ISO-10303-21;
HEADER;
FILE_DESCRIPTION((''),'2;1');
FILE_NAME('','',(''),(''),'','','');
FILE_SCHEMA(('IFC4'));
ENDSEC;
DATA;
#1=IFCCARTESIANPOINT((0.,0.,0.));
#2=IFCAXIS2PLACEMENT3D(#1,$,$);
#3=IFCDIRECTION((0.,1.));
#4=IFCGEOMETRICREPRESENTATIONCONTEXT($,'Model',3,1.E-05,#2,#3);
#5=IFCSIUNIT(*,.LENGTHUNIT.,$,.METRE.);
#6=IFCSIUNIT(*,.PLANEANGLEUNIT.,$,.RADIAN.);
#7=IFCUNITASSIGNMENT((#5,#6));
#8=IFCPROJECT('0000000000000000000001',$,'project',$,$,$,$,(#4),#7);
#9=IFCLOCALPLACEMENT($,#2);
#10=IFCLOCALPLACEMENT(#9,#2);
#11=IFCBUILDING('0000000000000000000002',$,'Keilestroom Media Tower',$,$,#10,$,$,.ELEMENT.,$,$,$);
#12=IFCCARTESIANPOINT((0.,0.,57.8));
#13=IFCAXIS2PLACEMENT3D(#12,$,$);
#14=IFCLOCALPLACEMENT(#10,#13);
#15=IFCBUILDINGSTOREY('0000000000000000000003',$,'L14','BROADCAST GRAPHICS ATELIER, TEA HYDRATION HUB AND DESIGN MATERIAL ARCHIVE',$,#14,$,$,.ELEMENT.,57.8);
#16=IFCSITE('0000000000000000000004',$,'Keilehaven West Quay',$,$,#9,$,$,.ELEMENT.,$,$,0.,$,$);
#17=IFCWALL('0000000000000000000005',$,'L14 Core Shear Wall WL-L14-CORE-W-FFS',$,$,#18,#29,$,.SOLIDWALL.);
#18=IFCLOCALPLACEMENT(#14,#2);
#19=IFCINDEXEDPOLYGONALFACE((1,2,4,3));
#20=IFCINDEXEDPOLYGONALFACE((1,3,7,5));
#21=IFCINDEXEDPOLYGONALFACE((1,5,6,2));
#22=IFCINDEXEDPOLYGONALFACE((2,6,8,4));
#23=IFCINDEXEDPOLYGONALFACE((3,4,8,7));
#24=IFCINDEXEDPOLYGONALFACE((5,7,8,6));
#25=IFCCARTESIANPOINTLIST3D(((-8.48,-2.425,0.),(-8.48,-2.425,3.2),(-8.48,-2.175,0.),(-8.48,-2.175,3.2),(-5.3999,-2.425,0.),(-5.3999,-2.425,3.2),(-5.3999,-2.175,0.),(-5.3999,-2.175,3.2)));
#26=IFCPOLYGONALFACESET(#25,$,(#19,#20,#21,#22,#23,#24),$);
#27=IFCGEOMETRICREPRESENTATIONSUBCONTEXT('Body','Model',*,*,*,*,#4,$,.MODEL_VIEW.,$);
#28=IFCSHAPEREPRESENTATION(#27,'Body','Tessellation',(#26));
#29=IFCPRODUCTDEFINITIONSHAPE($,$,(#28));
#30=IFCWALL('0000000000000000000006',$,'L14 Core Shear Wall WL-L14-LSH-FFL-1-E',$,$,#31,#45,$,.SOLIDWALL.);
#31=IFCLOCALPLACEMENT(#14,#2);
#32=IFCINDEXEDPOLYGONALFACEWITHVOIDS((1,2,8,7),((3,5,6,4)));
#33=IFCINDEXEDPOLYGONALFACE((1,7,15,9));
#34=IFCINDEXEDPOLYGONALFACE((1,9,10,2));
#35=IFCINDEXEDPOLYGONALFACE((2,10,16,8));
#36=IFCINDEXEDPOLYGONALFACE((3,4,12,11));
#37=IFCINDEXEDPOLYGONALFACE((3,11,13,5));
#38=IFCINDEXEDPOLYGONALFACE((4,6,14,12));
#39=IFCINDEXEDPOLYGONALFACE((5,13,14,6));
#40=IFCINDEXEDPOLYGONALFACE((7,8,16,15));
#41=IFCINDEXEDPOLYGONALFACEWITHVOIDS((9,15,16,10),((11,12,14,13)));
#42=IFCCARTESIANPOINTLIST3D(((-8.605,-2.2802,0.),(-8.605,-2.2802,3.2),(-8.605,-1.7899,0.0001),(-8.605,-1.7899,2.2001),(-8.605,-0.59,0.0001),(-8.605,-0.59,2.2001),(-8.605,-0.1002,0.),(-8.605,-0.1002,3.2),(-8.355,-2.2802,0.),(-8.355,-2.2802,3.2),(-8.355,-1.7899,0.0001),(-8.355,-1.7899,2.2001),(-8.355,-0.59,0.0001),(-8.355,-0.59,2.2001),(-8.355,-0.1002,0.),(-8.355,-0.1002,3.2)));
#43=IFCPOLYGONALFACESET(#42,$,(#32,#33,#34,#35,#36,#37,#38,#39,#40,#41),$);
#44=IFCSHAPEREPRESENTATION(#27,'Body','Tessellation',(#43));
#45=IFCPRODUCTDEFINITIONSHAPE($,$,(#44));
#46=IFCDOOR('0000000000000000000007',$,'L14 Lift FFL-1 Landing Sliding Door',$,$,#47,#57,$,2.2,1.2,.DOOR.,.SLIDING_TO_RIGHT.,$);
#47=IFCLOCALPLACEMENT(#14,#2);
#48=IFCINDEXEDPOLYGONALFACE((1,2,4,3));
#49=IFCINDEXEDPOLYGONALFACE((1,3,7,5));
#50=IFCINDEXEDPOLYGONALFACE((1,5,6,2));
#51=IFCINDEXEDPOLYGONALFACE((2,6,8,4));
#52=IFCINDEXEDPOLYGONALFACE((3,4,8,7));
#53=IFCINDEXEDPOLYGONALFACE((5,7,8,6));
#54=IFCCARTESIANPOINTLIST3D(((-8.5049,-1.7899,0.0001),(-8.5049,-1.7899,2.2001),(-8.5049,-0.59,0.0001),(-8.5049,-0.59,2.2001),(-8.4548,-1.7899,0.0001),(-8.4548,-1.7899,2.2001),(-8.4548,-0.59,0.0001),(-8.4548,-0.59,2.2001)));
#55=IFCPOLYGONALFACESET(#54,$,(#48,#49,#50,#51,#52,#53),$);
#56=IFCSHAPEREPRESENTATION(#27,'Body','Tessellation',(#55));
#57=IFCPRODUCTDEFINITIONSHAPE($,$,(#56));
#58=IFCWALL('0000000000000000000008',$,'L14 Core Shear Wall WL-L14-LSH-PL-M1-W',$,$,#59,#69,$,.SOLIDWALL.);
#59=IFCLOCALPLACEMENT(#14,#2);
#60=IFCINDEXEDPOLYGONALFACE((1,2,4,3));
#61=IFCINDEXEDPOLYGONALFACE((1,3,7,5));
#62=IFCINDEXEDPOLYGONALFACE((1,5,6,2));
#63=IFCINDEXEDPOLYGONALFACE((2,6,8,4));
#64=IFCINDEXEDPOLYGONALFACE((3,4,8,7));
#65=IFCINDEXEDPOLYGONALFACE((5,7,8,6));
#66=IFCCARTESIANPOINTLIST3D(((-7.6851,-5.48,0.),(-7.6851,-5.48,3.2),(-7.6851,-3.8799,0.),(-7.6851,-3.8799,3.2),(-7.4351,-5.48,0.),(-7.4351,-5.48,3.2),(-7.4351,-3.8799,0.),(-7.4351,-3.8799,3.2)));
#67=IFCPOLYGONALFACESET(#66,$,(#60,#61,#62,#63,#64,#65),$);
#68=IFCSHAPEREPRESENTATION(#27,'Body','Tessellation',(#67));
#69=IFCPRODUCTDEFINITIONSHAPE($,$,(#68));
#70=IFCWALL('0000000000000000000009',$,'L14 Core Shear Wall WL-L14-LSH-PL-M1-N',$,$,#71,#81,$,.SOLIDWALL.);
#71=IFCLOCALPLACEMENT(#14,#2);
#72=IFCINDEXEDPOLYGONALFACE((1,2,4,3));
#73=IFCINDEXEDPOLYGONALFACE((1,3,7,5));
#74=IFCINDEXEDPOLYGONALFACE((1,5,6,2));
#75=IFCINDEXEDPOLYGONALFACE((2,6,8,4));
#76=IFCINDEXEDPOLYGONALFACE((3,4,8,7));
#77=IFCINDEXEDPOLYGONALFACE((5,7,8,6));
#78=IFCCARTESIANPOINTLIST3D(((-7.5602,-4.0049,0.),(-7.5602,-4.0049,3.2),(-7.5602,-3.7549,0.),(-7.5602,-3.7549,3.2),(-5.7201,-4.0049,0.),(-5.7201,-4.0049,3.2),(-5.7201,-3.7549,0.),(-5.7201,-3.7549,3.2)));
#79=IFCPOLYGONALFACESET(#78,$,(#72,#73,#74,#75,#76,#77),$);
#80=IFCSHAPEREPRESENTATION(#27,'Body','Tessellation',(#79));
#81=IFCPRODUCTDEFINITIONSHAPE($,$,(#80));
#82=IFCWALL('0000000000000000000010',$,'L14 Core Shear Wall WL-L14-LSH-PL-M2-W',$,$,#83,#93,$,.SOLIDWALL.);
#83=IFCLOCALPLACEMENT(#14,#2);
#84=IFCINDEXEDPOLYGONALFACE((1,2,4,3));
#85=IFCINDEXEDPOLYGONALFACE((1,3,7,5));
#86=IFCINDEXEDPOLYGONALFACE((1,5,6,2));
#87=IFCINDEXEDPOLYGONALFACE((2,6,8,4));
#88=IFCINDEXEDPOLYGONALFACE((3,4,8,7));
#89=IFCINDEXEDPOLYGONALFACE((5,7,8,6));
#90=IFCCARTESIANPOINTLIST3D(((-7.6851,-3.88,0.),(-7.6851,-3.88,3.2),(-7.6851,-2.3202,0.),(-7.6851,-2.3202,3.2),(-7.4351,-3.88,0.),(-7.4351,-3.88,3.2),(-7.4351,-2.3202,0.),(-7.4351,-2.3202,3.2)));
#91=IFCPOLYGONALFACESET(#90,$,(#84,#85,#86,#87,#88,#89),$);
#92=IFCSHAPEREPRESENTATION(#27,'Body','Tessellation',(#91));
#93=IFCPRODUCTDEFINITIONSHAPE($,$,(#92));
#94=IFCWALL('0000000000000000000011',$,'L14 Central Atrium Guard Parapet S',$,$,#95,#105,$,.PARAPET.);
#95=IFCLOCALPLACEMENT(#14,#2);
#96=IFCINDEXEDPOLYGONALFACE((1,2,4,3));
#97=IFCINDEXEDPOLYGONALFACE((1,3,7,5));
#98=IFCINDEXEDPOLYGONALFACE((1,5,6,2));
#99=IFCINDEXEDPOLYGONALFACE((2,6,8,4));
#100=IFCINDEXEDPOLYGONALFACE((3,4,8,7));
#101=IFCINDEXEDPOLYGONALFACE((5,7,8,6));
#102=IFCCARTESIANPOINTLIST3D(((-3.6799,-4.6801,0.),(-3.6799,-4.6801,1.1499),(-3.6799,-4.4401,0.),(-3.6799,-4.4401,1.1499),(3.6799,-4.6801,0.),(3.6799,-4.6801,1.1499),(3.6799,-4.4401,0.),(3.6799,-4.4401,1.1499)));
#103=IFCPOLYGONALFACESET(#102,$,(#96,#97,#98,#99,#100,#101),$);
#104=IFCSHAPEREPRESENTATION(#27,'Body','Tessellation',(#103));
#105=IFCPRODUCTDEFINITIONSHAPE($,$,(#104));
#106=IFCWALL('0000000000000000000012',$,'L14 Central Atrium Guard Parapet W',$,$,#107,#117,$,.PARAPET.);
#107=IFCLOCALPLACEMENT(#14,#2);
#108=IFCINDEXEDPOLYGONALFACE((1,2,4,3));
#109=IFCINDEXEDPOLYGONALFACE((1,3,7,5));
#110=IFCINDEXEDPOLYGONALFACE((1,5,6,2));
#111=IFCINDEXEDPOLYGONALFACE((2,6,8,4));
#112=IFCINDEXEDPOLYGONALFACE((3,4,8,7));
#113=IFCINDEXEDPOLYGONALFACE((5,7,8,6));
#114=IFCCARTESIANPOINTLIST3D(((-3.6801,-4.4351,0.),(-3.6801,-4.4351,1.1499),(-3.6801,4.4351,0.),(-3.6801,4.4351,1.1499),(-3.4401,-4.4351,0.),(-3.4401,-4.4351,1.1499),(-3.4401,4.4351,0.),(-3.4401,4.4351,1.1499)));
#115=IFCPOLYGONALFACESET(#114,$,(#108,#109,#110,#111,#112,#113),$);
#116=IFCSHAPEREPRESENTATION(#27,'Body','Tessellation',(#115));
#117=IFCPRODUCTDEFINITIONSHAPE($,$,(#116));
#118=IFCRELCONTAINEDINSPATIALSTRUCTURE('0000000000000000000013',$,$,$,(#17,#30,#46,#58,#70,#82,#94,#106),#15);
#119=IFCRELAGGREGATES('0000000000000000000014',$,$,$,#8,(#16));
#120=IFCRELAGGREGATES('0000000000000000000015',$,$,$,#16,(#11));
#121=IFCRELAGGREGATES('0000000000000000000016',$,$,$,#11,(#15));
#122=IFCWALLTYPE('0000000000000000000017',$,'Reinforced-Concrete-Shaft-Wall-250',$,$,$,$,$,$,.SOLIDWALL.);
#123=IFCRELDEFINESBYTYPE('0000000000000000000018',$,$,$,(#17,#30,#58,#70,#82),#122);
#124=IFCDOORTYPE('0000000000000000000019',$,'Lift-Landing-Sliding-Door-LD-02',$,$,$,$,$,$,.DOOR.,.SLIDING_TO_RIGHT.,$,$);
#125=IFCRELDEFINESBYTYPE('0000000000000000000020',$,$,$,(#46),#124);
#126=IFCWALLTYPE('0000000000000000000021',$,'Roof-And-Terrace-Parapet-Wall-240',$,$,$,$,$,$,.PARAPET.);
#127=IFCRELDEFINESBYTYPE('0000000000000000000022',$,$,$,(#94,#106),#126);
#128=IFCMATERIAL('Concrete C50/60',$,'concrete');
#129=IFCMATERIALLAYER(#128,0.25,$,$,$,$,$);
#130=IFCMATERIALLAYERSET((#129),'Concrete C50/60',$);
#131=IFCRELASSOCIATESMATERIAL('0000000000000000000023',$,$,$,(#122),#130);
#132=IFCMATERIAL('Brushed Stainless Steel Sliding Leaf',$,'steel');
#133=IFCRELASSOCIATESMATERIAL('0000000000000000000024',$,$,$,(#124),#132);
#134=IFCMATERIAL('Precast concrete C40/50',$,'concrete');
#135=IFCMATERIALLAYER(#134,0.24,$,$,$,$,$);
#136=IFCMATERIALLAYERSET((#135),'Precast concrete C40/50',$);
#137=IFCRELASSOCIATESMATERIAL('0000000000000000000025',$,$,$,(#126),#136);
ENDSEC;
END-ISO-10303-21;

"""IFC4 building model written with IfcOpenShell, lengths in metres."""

from ifc_helpers import new_model, si_unit, direction, frame, frame_2d, origin, place, context, subcontext, project, spatial, rectangle, extrude, source, transform, mapped, material, layer, layer_set, type_object, element, fill, save


model = new_model("IFC4")

# Units and contexts
model_context = context("Model", 3, precision=1e-05, world=origin(), true_north=direction((0.0, 1.0)))
body_context = subcontext(model_context, "Body", "Model", "MODEL_VIEW")
ifc_project = project(units=[si_unit("LENGTHUNIT", "METRE"), si_unit("PLANEANGLEUNIT", "RADIAN")], contexts=[model_context])

# Site, building, storey
site_placement = place(None, origin())
site = spatial("IfcSite", under=ifc_project, at=site_placement, Name="Keilehaven West Quay", CompositionType="ELEMENT", RefElevation=0.0)
building_placement = place(site_placement, origin())
building = spatial("IfcBuilding", under=site, at=building_placement, Name="Keilestroom Media Tower", CompositionType="ELEMENT")
storey_placement = place(building_placement, frame((0.0, 0.0, 57.8)))
storey = spatial("IfcBuildingStorey", under=building, at=storey_placement, Name="L14", Description="BROADCAST GRAPHICS ATELIER, TEA HYDRATION HUB AND DESIGN MATERIAL ARCHIVE", CompositionType="ELEMENT", Elevation=57.8)

# Shared definitions
shared_shape_1 = source(origin(), body_context, "Body", "SweptSolid", [
    extrude(rectangle(XDim=1.2, YDim=2.2, at=frame_2d((0.6001, 1.1001))), frame((0.0, 0.0249, 0.0), z_axis=(0.0, -1.0, 0.0), x_axis=(1.0, 0.0, 0.0)), (0.0, 0.0, 1.0), 0.05),
])

# Wall
ifc_material_1 = material(Name="Concrete C50/60", Category="concrete")
ifc_layer_1 = layer(ifc_material_1, 0.25)
ifc_layer_set_1 = layer_set([ifc_layer_1], Name="Concrete C50/60")
wall_type_1 = type_object("IfcWallType", Name="Reinforced-Concrete-Shaft-Wall-250", PredefinedType="SOLIDWALL", material=ifc_layer_set_1)
wall_1_placement = place(storey_placement, frame((-8.48, -2.3, 0.0), z_axis=(0.0, 0.0, 1.0), x_axis=(1.0, 0.0, 0.0)))
element("IfcWall", 1, at=wall_1_placement, inside=storey, type_object=wall_type_1, Name="L14 Core Shear Wall WL-L14-CORE-W-FFS", PredefinedType="SOLIDWALL", context=body_context, shape_type="SweptSolid", body=[
    extrude(rectangle(XDim=3.0801, YDim=0.25, at=frame_2d((1.54, 0.0))), origin(), (0.0, 0.0, 1.0), 3.2),
])

# Wall, opening, door
wall_2_placement = place(storey_placement, frame((-8.48, -2.28, 0.0), z_axis=(0.0, 0.0, 1.0), x_axis=(0.0, 1.0, 0.0)))
wall_2 = element("IfcWall", 2, at=wall_2_placement, inside=storey, type_object=wall_type_1, Name="L14 Core Shear Wall WL-L14-LSH-FFL-1-E", PredefinedType="SOLIDWALL", context=body_context, shape_type="SweptSolid", body=[
    extrude(rectangle(XDim=2.1799, YDim=0.25, at=frame_2d((1.0898, 0.0))), origin(), (0.0, 0.0, 1.0), 3.2),
])
opening_1_placement = place(wall_2_placement, frame((0.49, 0.0, 0.0)))
opening_1 = element("IfcOpeningElement", 3, at=opening_1_placement, cuts=wall_2, PredefinedType="OPENING", context=body_context, shape_type="SweptSolid", body=[
    extrude(rectangle(XDim=1.2, YDim=2.2, at=frame_2d((0.6001, 1.1001))), frame((0.0, 0.135, 0.0), z_axis=(0.0, -1.0, 0.0), x_axis=(1.0, 0.0, 0.0)), (0.0, 0.0, 1.0), 0.27),
])
ifc_material_2 = material(Name="Brushed Stainless Steel Sliding Leaf", Category="steel")
door_type_1 = type_object("IfcDoorType", Name="Lift-Landing-Sliding-Door-LD-02", OperationType="SLIDING_TO_RIGHT", PredefinedType="DOOR", material=ifc_material_2)
door_1_placement = place(opening_1_placement, origin())
door_1 = element("IfcDoor", 4, at=door_1_placement, inside=storey, type_object=door_type_1, Name="L14 Lift FFL-1 Landing Sliding Door", OperationType="SLIDING_TO_RIGHT", OverallHeight=2.2, OverallWidth=1.2, PredefinedType="DOOR", context=body_context, shape_type="MappedRepresentation", body=[
    mapped(shared_shape_1, transform((0.0, 0.0, 0.0), x_axis=(1.0, 0.0, 0.0), y_axis=(0.0, 1.0, 0.0), z_axis=(0.0, 0.0, 1.0), scale=1.0)),
])
fill(opening_1, door_1)

# Walls
wall_3_placement = place(storey_placement, frame((-7.5601, -5.48, 0.0), z_axis=(0.0, 0.0, 1.0), x_axis=(0.0, 1.0, 0.0)))
element("IfcWall", 5, at=wall_3_placement, inside=storey, type_object=wall_type_1, Name="L14 Core Shear Wall WL-L14-LSH-PL-M1-W", PredefinedType="SOLIDWALL", context=body_context, shape_type="SweptSolid", body=[
    extrude(rectangle(XDim=1.6001, YDim=0.25, at=frame_2d((0.8, 0.0))), origin(), (0.0, 0.0, 1.0), 3.2),
])
wall_4_placement = place(storey_placement, frame((-7.5601, -3.8799, 0.0), z_axis=(0.0, 0.0, 1.0), x_axis=(1.0, 0.0, 0.0)))
element("IfcWall", 6, at=wall_4_placement, inside=storey, type_object=wall_type_1, Name="L14 Core Shear Wall WL-L14-LSH-PL-M1-N", PredefinedType="SOLIDWALL", context=body_context, shape_type="SweptSolid", body=[
    extrude(rectangle(XDim=1.8401, YDim=0.25, at=frame_2d((0.9199, 0.0))), origin(), (0.0, 0.0, 1.0), 3.2),
])
wall_5_placement = place(storey_placement, frame((-7.5601, -3.8799, 0.0), z_axis=(0.0, 0.0, 1.0), x_axis=(0.0, 1.0, 0.0)))
element("IfcWall", 7, at=wall_5_placement, inside=storey, type_object=wall_type_1, Name="L14 Core Shear Wall WL-L14-LSH-PL-M2-W", PredefinedType="SOLIDWALL", context=body_context, shape_type="SweptSolid", body=[
    extrude(rectangle(XDim=1.5598, YDim=0.25, at=frame_2d((0.7798, 0.0))), origin(), (0.0, 0.0, 1.0), 3.2),
])
ifc_material_3 = material(Name="Precast concrete C40/50", Category="concrete")
ifc_layer_2 = layer(ifc_material_3, 0.24)
ifc_layer_set_2 = layer_set([ifc_layer_2], Name="Precast concrete C40/50")
wall_type_2 = type_object("IfcWallType", Name="Roof-And-Terrace-Parapet-Wall-240", PredefinedType="PARAPET", material=ifc_layer_set_2)
wall_6_placement = place(storey_placement, frame((-3.6799, -4.5601, 0.0), z_axis=(0.0, 0.0, 1.0), x_axis=(1.0, 0.0, 0.0)))
element("IfcWall", 8, at=wall_6_placement, inside=storey, type_object=wall_type_2, Name="L14 Central Atrium Guard Parapet S", PredefinedType="PARAPET", context=body_context, shape_type="SweptSolid", body=[
    extrude(rectangle(XDim=7.3599, YDim=0.24, at=frame_2d((3.6799, 0.0))), origin(), (0.0, 0.0, 1.0), 1.1499),
])
wall_7_placement = place(storey_placement, frame((-3.5601, -4.4351, 0.0), z_axis=(0.0, 0.0, 1.0), x_axis=(0.0, 1.0, 0.0)))
element("IfcWall", 9, at=wall_7_placement, inside=storey, type_object=wall_type_2, Name="L14 Central Atrium Guard Parapet W", PredefinedType="PARAPET", context=body_context, shape_type="SweptSolid", body=[
    extrude(rectangle(XDim=8.8701, YDim=0.24, at=frame_2d((4.4351, 0.0))), origin(), (0.0, 0.0, 1.0), 1.1499),
])

save(model, "model.ifc")
